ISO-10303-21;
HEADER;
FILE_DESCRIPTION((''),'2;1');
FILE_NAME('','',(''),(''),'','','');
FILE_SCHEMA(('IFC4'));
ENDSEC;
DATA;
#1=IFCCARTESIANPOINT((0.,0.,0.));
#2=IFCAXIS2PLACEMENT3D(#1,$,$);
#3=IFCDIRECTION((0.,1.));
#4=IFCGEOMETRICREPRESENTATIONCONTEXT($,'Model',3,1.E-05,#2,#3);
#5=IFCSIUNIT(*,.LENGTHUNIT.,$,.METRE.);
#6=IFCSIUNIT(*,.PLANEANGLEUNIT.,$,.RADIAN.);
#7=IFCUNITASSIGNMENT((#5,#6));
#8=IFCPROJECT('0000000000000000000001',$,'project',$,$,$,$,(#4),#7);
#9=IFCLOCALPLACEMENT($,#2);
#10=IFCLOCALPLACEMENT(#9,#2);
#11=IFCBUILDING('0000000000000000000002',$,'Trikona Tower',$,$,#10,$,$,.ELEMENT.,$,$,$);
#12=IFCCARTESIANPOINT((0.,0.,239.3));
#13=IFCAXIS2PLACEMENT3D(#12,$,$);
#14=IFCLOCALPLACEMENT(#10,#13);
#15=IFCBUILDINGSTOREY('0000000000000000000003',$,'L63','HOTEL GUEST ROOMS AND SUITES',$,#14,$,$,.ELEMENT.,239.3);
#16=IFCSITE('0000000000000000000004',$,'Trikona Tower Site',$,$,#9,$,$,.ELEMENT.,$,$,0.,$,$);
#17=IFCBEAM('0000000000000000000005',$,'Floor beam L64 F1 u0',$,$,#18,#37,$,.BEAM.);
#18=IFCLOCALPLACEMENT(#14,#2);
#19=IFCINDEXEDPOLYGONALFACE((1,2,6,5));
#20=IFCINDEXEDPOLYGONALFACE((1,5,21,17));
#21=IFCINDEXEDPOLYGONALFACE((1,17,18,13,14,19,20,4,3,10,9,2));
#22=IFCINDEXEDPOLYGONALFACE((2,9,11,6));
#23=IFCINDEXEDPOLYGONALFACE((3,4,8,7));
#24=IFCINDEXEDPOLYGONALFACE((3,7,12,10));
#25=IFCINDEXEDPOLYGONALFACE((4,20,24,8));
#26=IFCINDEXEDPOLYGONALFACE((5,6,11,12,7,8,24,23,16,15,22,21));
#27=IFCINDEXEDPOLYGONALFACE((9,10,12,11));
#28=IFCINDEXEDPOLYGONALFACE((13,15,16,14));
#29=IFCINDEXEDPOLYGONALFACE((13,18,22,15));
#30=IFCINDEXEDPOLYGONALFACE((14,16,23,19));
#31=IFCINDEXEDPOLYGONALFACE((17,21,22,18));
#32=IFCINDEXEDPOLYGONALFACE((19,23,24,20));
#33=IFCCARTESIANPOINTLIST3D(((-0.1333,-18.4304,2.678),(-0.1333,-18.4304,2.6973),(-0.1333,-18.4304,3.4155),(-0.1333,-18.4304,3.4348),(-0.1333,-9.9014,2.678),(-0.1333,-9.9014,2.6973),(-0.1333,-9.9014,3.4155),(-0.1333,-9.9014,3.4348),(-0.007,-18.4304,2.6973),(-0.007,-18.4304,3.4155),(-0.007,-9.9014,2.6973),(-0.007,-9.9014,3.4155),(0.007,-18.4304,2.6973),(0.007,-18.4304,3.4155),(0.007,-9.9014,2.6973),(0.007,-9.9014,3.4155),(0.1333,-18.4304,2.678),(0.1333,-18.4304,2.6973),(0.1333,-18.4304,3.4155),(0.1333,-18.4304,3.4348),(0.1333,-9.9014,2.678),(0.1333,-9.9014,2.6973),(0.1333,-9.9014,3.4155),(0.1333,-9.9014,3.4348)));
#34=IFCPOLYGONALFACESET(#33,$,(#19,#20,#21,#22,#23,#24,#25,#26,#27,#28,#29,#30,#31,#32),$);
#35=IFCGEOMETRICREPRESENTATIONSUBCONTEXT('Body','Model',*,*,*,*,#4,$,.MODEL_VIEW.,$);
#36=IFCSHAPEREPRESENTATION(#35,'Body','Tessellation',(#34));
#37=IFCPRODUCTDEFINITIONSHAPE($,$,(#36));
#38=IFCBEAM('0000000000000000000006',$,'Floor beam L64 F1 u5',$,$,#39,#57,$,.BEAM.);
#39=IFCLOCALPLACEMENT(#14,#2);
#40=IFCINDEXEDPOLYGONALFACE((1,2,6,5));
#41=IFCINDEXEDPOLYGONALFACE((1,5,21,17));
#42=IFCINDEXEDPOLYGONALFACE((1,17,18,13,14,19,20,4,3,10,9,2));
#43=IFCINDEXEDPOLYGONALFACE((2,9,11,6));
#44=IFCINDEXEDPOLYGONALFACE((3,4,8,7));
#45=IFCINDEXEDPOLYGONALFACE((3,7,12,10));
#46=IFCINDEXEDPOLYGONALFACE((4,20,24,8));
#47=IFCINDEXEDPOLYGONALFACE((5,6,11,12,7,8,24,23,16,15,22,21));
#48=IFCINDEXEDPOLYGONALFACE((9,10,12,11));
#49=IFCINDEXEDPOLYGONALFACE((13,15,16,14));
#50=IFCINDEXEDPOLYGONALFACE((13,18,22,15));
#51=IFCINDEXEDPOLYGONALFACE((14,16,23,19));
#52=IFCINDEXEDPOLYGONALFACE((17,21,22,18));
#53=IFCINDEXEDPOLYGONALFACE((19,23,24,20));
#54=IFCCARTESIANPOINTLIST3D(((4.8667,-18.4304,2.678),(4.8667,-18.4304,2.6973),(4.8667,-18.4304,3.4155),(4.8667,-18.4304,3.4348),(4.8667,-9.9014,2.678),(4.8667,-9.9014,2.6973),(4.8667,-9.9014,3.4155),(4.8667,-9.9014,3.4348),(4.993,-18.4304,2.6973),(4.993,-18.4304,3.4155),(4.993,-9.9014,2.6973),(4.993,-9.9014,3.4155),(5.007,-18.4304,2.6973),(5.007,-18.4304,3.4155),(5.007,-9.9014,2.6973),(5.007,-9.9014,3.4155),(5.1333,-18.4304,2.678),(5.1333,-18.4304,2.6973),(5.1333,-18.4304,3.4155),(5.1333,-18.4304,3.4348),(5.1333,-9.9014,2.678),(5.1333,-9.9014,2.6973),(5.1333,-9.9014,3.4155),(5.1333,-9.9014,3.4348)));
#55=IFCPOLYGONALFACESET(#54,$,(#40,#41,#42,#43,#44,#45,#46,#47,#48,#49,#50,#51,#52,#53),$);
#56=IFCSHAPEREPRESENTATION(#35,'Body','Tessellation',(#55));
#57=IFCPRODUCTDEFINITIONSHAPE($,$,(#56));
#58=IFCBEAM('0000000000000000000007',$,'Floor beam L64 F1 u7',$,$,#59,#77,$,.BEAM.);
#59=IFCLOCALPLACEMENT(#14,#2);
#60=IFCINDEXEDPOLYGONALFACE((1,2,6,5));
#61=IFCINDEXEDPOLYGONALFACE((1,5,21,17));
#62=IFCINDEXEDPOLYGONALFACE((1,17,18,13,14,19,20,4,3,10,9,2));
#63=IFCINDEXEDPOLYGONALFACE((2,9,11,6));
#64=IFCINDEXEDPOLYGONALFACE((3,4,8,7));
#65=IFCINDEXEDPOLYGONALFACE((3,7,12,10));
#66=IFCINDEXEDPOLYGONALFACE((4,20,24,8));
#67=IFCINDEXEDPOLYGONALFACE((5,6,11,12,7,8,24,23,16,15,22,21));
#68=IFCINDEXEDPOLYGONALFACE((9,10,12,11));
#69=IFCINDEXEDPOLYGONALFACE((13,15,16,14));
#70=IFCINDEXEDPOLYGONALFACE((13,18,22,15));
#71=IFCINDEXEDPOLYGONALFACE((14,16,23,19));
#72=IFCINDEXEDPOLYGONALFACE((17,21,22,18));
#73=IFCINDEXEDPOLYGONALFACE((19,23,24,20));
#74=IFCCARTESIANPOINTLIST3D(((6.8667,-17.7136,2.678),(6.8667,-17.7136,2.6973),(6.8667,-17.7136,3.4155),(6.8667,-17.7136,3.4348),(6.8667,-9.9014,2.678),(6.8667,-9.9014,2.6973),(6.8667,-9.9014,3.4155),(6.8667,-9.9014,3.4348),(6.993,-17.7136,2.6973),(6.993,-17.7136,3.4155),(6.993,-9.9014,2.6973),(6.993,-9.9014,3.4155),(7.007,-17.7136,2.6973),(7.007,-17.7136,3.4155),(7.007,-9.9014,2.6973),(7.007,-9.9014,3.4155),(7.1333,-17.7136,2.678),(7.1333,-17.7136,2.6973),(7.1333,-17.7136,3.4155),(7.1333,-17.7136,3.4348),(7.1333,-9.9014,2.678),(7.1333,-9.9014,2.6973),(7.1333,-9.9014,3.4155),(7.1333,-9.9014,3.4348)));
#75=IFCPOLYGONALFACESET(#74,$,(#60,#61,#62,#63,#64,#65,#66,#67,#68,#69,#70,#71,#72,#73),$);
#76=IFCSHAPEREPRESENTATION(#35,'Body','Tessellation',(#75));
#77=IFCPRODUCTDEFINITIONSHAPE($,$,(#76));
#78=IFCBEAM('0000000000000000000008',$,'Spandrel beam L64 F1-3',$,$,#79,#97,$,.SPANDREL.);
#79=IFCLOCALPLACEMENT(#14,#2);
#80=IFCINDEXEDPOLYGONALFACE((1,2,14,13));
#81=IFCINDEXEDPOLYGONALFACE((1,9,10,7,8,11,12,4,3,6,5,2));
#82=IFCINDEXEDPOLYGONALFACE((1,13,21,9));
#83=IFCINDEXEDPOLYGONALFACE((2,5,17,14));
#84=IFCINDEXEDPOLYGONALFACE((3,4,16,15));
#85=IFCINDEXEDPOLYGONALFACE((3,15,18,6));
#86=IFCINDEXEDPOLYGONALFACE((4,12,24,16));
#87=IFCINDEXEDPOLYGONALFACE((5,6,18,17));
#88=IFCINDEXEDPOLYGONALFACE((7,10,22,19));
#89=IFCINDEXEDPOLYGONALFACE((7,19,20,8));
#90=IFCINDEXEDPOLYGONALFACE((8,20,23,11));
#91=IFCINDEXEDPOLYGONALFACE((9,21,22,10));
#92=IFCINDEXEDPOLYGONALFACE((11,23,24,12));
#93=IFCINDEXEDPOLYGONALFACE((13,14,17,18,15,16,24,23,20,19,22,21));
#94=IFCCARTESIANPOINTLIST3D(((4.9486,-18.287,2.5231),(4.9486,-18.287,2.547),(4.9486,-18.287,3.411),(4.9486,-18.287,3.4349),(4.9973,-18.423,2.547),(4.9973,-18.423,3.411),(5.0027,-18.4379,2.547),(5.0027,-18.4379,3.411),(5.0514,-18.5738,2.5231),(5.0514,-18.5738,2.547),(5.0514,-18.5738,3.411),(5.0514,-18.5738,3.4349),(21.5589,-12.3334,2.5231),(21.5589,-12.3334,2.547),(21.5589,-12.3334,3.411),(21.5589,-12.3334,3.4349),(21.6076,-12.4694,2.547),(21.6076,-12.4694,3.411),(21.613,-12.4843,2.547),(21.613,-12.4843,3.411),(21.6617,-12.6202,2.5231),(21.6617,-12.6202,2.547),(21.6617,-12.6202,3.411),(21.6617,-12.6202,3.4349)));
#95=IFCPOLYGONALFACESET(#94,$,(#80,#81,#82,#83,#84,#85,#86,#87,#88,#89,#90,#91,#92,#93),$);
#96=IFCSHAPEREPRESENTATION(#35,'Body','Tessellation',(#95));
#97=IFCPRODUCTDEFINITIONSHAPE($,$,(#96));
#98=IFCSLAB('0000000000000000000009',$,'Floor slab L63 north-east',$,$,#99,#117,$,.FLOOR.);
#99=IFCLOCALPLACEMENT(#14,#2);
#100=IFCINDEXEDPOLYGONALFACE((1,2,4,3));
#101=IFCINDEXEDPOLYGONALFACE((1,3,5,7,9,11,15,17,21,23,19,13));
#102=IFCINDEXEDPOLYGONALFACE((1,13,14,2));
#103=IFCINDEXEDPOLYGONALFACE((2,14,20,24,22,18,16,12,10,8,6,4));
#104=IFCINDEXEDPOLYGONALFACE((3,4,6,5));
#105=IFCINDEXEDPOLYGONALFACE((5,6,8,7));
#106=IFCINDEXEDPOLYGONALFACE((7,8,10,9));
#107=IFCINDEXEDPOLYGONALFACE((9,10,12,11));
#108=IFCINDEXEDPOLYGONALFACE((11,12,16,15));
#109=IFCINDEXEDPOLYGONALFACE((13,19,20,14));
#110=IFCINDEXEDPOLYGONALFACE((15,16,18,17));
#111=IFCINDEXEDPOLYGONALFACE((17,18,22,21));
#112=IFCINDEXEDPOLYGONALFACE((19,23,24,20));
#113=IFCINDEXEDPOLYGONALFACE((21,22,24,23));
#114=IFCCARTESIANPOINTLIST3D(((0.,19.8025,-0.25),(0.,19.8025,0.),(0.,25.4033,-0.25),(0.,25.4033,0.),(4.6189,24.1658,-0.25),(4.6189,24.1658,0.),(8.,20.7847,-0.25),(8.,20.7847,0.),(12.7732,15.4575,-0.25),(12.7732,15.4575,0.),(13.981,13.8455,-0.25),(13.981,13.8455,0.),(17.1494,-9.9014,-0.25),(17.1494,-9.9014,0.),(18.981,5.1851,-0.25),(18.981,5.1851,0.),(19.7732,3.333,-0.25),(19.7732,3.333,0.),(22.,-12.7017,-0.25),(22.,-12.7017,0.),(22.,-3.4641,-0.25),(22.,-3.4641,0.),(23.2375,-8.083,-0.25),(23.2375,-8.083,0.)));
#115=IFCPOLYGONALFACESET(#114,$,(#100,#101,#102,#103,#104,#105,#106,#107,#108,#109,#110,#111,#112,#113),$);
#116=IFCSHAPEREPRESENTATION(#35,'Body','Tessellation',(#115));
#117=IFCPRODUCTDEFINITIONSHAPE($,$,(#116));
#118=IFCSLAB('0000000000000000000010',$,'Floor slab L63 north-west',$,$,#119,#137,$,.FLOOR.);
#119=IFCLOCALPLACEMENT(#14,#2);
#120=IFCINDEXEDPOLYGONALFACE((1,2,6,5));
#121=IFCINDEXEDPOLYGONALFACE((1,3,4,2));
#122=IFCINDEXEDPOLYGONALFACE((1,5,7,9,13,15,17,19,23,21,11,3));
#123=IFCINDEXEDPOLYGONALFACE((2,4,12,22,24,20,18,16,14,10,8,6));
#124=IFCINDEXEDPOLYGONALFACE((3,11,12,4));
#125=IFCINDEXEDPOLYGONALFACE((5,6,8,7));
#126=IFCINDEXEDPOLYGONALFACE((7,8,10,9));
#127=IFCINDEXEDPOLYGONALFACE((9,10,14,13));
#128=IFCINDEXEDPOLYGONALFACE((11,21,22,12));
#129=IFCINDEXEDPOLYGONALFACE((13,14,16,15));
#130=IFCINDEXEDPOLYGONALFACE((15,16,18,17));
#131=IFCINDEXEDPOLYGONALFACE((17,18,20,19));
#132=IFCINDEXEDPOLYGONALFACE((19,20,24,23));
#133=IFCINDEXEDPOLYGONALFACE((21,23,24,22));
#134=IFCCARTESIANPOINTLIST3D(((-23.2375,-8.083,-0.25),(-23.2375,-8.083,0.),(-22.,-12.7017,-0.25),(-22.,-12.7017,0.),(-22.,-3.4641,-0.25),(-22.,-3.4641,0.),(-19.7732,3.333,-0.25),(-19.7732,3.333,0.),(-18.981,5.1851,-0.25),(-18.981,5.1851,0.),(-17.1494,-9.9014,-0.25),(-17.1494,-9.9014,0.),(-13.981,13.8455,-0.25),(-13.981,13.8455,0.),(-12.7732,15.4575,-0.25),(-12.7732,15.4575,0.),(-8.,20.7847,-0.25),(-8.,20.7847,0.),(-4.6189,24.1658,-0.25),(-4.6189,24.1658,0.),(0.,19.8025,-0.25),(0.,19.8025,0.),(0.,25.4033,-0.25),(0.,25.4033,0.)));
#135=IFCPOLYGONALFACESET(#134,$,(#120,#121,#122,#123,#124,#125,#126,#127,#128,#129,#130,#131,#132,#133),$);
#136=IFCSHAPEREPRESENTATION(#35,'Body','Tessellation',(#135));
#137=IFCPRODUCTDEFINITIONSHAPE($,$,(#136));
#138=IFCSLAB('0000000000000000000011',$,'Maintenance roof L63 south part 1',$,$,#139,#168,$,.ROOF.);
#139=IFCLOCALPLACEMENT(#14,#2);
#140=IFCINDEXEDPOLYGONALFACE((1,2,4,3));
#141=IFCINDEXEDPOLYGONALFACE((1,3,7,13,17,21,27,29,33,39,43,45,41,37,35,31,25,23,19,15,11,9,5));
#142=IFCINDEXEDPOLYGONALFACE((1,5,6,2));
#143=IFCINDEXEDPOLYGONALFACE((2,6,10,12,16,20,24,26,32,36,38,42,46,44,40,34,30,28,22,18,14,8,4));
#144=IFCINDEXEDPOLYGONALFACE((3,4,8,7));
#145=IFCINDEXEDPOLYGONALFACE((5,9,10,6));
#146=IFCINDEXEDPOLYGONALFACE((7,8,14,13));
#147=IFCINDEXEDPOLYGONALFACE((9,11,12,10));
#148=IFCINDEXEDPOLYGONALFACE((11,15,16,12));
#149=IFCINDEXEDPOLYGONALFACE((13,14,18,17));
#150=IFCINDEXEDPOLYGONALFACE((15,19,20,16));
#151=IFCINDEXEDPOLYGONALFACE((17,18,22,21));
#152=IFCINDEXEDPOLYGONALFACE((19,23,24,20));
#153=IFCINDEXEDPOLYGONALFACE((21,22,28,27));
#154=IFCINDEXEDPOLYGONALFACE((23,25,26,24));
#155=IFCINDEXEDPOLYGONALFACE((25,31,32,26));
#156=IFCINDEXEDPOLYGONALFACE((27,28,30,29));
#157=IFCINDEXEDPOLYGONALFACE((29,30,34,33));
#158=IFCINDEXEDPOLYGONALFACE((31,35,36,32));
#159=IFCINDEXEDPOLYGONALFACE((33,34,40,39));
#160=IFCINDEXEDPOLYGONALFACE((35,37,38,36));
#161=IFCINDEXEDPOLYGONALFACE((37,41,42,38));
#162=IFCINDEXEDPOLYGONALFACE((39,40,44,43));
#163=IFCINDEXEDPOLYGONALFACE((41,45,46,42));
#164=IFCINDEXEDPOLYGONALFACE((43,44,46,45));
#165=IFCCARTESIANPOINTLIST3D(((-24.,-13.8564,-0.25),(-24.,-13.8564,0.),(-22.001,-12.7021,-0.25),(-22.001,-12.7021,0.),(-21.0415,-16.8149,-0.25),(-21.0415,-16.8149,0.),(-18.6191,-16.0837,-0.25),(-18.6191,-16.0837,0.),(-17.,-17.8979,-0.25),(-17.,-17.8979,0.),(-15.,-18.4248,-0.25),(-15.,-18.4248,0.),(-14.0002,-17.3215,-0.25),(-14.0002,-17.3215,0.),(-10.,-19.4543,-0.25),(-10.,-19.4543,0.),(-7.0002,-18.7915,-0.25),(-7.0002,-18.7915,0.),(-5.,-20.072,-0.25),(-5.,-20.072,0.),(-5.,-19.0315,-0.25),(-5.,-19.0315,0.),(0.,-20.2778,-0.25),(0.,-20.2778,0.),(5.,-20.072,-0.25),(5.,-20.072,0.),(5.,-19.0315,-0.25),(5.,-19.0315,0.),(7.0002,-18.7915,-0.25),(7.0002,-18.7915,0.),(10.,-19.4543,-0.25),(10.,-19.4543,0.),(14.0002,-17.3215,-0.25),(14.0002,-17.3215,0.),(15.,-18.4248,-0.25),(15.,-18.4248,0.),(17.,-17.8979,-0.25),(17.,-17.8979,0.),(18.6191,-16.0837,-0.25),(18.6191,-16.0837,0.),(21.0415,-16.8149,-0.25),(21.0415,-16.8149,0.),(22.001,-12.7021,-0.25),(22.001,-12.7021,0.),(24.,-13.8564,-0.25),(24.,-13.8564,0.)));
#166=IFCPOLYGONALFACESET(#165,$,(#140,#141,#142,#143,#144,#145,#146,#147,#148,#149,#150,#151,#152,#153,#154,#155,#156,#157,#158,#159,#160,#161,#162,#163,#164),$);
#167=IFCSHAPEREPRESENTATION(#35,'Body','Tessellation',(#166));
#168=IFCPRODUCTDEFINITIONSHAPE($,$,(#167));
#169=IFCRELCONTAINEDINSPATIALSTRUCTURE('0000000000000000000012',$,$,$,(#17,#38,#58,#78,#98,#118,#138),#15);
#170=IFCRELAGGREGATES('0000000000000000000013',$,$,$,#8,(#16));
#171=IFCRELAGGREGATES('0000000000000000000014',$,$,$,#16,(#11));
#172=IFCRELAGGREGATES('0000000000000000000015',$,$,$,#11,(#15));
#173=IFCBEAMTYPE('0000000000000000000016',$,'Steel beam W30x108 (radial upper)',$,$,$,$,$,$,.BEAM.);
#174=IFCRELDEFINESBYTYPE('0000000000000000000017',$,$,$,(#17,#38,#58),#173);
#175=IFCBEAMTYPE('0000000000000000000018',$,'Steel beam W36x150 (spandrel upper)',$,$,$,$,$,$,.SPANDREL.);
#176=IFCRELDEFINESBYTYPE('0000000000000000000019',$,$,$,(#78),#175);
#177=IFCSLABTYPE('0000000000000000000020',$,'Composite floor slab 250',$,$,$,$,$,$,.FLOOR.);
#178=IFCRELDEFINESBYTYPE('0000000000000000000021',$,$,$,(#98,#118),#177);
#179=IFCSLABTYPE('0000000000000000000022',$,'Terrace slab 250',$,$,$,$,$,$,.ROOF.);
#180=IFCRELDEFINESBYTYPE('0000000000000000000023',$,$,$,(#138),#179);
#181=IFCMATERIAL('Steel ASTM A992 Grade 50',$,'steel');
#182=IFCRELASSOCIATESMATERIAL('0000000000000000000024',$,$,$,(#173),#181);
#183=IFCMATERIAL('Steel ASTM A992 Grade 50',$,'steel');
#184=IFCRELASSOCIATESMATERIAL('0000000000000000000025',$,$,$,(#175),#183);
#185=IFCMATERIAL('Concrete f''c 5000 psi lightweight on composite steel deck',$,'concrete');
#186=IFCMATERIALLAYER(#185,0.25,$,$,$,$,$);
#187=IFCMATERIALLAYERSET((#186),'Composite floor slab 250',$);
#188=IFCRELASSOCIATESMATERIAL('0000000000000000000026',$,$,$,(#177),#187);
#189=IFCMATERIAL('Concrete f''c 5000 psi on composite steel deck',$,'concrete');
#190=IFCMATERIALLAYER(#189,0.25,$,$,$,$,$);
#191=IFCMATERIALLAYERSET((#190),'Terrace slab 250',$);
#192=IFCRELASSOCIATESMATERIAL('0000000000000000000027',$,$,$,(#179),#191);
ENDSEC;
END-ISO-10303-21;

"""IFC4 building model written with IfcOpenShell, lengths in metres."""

from ifc_helpers import new_model, si_unit, direction, frame, origin, origin_2d, place, context, subcontext, project, spatial, polyline, i_section, outline, extrude, material, layer, layer_set, material_profile, profile_set, type_object, element, save


model = new_model("IFC4")

# Units and contexts
model_context = context("Model", 3, precision=1e-05, world=origin(), true_north=direction((0.0, 1.0)))
body_context = subcontext(model_context, "Body", "Model", "MODEL_VIEW")
ifc_project = project(units=[si_unit("LENGTHUNIT", "METRE"), si_unit("PLANEANGLEUNIT", "RADIAN")], contexts=[model_context])

# Site, building, storey
site_placement = place(None, origin())
site = spatial("IfcSite", under=ifc_project, at=site_placement, Name="Trikona Tower Site", CompositionType="ELEMENT", RefElevation=0.0)
building_placement = place(site_placement, origin())
building = spatial("IfcBuilding", under=site, at=building_placement, Name="Trikona Tower", CompositionType="ELEMENT")
storey_placement = place(building_placement, frame((0.0, 0.0, 239.3)))
storey = spatial("IfcBuildingStorey", under=building, at=storey_placement, Name="L63", Description="HOTEL GUEST ROOMS AND SUITES", CompositionType="ELEMENT", Elevation=239.3)

# Beams
ifc_material_1 = material(Name="Steel ASTM A992 Grade 50", Category="steel")
ifc_material_profile_1 = material_profile(ifc_material_1, i_section(OverallWidth=0.2666, OverallDepth=0.7568, WebThickness=0.0139, FlangeThickness=0.0193, at=origin_2d()), Name="W30X108")
ifc_profile_set_1 = profile_set([ifc_material_profile_1], Name="Steel ASTM A992 Grade 50")
beam_type_1 = type_object("IfcBeamType", Name="Steel beam W30x108 (radial upper)", PredefinedType="BEAM", material=ifc_profile_set_1)
for number, where, z_axis, x_axis, name in (
    (1, (0.0, -9.9014, 3.0564), (0.0, -1.0, 0.0), (1.0, 0.0, 0.0), "Floor beam L64 F1 u0"),
    (2, (5.0, -9.9014, 3.0564), (0.0, -1.0, 0.0), (1.0, 0.0, 0.0), "Floor beam L64 F1 u5"),
):
    element("IfcBeam", number, at=place(storey_placement, frame(where, z_axis=z_axis, x_axis=x_axis)), inside=storey, type_object=beam_type_1, Name=name, PredefinedType="BEAM", context=body_context, shape_type="SweptSolid", body=[
        extrude(i_section(OverallWidth=0.2666, OverallDepth=0.7568, WebThickness=0.0139, FlangeThickness=0.0193, at=origin_2d()), origin(), (0.0, 0.0, 1.0), 8.5291),
    ])
beam_1_placement = place(storey_placement, frame((7.0, -9.9014, 3.0564), z_axis=(0.0, -1.0, 0.0), x_axis=(1.0, 0.0, 0.0)))
element("IfcBeam", 3, at=beam_1_placement, inside=storey, type_object=beam_type_1, Name="Floor beam L64 F1 u7", PredefinedType="BEAM", context=body_context, shape_type="SweptSolid", body=[
    extrude(i_section(OverallWidth=0.2666, OverallDepth=0.7568, WebThickness=0.0139, FlangeThickness=0.0193, at=origin_2d()), origin(), (0.0, 0.0, 1.0), 7.8123),
])
ifc_material_2 = material(Name="Steel ASTM A992 Grade 50", Category="steel")
ifc_material_profile_2 = material_profile(ifc_material_2, i_section(OverallWidth=0.3047, OverallDepth=0.9119, WebThickness=0.0159, FlangeThickness=0.0239, at=origin_2d()), Name="W36X150")
ifc_profile_set_2 = profile_set([ifc_material_profile_2], Name="Steel ASTM A992 Grade 50")
beam_type_2 = type_object("IfcBeamType", Name="Steel beam W36x150 (spandrel upper)", PredefinedType="SPANDREL", material=ifc_profile_set_2)
beam_2_placement = place(storey_placement, frame((5.0, -18.4304, 2.979), z_axis=(0.941358, 0.337409, 0.0), x_axis=(-0.337409, 0.941358, 0.0)))
element("IfcBeam", 4, at=beam_2_placement, inside=storey, type_object=beam_type_2, Name="Spandrel beam L64 F1-3", PredefinedType="SPANDREL", context=body_context, shape_type="SweptSolid", body=[
    extrude(i_section(OverallWidth=0.3047, OverallDepth=0.9119, WebThickness=0.0159, FlangeThickness=0.0239, at=origin_2d()), origin(), (0.0, 0.0, 1.0), 17.645),
])

# Slabs
ifc_material_3 = material(Name="Concrete f'c 5000 psi lightweight on composite steel deck", Category="concrete")
ifc_layer_1 = layer(ifc_material_3, 0.25)
ifc_layer_set_1 = layer_set([ifc_layer_1], Name="Composite floor slab 250")
slab_type_1 = type_object("IfcSlabType", Name="Composite floor slab 250", PredefinedType="FLOOR", material=ifc_layer_set_1)
slab_1_placement = place(storey_placement, frame((0.0, 0.0, -0.25)))
element("IfcSlab", 5, at=slab_1_placement, inside=storey, type_object=slab_type_1, Name="Floor slab L63 north-east", PredefinedType="FLOOR", context=body_context, shape_type="SweptSolid", body=[
    extrude(outline(polyline([(4.6189, 24.1658), (0.0, 25.4033), (0.0, 19.8025), (17.1494, -9.9014), (22.0, -12.7017), (23.2375, -8.083), (22.0, -3.4641), (19.7732, 3.333), (18.981, 5.1851), (13.981, 13.8455), (12.7732, 15.4575), (8.0, 20.7847), (4.6189, 24.1658)])), origin(), (0.0, 0.0, 1.0), 0.25),
])
slab_2_placement = place(storey_placement, frame((0.0, 0.0, -0.25)))
element("IfcSlab", 6, at=slab_2_placement, inside=storey, type_object=slab_type_1, Name="Floor slab L63 north-west", PredefinedType="FLOOR", context=body_context, shape_type="SweptSolid", body=[
    extrude(outline(polyline([(0.0, 19.8025), (0.0, 25.4033), (-4.6189, 24.1658), (-8.0, 20.7847), (-12.7732, 15.4575), (-13.981, 13.8455), (-18.981, 5.1851), (-19.7732, 3.333), (-22.0, -3.4641), (-23.2375, -8.083), (-22.0, -12.7017), (-17.1494, -9.9014), (0.0, 19.8025)])), origin(), (0.0, 0.0, 1.0), 0.25),
])
ifc_material_4 = material(Name="Concrete f'c 5000 psi on composite steel deck", Category="concrete")
ifc_layer_2 = layer(ifc_material_4, 0.25)
ifc_layer_set_2 = layer_set([ifc_layer_2], Name="Terrace slab 250")
slab_type_2 = type_object("IfcSlabType", Name="Terrace slab 250", PredefinedType="ROOF", material=ifc_layer_set_2)
slab_3_placement = place(storey_placement, frame((0.0, 0.0, -0.25)))
element("IfcSlab", 7, at=slab_3_placement, inside=storey, type_object=slab_type_2, Name="Maintenance roof L63 south part 1", PredefinedType="ROOF", context=body_context, shape_type="SweptSolid", body=[
    extrude(outline(polyline([(-24.0, -13.8564), (-21.0415, -16.8149), (-17.0, -17.8979), (-15.0, -18.4248), (-10.0, -19.4543), (-5.0, -20.072), (0.0, -20.2778), (5.0, -20.072), (10.0, -19.4543), (15.0, -18.4248), (17.0, -17.8979), (21.0415, -16.8149), (24.0, -13.8564), (22.001, -12.7021), (18.6191, -16.0837), (14.0002, -17.3215), (7.0002, -18.7915), (5.0, -19.0315), (-5.0, -19.0315), (-7.0002, -18.7915), (-14.0002, -17.3215), (-18.6191, -16.0837), (-22.001, -12.7021), (-24.0, -13.8564)])), origin(), (0.0, 0.0, 1.0), 0.25),
])

save(model, "model.ifc")
